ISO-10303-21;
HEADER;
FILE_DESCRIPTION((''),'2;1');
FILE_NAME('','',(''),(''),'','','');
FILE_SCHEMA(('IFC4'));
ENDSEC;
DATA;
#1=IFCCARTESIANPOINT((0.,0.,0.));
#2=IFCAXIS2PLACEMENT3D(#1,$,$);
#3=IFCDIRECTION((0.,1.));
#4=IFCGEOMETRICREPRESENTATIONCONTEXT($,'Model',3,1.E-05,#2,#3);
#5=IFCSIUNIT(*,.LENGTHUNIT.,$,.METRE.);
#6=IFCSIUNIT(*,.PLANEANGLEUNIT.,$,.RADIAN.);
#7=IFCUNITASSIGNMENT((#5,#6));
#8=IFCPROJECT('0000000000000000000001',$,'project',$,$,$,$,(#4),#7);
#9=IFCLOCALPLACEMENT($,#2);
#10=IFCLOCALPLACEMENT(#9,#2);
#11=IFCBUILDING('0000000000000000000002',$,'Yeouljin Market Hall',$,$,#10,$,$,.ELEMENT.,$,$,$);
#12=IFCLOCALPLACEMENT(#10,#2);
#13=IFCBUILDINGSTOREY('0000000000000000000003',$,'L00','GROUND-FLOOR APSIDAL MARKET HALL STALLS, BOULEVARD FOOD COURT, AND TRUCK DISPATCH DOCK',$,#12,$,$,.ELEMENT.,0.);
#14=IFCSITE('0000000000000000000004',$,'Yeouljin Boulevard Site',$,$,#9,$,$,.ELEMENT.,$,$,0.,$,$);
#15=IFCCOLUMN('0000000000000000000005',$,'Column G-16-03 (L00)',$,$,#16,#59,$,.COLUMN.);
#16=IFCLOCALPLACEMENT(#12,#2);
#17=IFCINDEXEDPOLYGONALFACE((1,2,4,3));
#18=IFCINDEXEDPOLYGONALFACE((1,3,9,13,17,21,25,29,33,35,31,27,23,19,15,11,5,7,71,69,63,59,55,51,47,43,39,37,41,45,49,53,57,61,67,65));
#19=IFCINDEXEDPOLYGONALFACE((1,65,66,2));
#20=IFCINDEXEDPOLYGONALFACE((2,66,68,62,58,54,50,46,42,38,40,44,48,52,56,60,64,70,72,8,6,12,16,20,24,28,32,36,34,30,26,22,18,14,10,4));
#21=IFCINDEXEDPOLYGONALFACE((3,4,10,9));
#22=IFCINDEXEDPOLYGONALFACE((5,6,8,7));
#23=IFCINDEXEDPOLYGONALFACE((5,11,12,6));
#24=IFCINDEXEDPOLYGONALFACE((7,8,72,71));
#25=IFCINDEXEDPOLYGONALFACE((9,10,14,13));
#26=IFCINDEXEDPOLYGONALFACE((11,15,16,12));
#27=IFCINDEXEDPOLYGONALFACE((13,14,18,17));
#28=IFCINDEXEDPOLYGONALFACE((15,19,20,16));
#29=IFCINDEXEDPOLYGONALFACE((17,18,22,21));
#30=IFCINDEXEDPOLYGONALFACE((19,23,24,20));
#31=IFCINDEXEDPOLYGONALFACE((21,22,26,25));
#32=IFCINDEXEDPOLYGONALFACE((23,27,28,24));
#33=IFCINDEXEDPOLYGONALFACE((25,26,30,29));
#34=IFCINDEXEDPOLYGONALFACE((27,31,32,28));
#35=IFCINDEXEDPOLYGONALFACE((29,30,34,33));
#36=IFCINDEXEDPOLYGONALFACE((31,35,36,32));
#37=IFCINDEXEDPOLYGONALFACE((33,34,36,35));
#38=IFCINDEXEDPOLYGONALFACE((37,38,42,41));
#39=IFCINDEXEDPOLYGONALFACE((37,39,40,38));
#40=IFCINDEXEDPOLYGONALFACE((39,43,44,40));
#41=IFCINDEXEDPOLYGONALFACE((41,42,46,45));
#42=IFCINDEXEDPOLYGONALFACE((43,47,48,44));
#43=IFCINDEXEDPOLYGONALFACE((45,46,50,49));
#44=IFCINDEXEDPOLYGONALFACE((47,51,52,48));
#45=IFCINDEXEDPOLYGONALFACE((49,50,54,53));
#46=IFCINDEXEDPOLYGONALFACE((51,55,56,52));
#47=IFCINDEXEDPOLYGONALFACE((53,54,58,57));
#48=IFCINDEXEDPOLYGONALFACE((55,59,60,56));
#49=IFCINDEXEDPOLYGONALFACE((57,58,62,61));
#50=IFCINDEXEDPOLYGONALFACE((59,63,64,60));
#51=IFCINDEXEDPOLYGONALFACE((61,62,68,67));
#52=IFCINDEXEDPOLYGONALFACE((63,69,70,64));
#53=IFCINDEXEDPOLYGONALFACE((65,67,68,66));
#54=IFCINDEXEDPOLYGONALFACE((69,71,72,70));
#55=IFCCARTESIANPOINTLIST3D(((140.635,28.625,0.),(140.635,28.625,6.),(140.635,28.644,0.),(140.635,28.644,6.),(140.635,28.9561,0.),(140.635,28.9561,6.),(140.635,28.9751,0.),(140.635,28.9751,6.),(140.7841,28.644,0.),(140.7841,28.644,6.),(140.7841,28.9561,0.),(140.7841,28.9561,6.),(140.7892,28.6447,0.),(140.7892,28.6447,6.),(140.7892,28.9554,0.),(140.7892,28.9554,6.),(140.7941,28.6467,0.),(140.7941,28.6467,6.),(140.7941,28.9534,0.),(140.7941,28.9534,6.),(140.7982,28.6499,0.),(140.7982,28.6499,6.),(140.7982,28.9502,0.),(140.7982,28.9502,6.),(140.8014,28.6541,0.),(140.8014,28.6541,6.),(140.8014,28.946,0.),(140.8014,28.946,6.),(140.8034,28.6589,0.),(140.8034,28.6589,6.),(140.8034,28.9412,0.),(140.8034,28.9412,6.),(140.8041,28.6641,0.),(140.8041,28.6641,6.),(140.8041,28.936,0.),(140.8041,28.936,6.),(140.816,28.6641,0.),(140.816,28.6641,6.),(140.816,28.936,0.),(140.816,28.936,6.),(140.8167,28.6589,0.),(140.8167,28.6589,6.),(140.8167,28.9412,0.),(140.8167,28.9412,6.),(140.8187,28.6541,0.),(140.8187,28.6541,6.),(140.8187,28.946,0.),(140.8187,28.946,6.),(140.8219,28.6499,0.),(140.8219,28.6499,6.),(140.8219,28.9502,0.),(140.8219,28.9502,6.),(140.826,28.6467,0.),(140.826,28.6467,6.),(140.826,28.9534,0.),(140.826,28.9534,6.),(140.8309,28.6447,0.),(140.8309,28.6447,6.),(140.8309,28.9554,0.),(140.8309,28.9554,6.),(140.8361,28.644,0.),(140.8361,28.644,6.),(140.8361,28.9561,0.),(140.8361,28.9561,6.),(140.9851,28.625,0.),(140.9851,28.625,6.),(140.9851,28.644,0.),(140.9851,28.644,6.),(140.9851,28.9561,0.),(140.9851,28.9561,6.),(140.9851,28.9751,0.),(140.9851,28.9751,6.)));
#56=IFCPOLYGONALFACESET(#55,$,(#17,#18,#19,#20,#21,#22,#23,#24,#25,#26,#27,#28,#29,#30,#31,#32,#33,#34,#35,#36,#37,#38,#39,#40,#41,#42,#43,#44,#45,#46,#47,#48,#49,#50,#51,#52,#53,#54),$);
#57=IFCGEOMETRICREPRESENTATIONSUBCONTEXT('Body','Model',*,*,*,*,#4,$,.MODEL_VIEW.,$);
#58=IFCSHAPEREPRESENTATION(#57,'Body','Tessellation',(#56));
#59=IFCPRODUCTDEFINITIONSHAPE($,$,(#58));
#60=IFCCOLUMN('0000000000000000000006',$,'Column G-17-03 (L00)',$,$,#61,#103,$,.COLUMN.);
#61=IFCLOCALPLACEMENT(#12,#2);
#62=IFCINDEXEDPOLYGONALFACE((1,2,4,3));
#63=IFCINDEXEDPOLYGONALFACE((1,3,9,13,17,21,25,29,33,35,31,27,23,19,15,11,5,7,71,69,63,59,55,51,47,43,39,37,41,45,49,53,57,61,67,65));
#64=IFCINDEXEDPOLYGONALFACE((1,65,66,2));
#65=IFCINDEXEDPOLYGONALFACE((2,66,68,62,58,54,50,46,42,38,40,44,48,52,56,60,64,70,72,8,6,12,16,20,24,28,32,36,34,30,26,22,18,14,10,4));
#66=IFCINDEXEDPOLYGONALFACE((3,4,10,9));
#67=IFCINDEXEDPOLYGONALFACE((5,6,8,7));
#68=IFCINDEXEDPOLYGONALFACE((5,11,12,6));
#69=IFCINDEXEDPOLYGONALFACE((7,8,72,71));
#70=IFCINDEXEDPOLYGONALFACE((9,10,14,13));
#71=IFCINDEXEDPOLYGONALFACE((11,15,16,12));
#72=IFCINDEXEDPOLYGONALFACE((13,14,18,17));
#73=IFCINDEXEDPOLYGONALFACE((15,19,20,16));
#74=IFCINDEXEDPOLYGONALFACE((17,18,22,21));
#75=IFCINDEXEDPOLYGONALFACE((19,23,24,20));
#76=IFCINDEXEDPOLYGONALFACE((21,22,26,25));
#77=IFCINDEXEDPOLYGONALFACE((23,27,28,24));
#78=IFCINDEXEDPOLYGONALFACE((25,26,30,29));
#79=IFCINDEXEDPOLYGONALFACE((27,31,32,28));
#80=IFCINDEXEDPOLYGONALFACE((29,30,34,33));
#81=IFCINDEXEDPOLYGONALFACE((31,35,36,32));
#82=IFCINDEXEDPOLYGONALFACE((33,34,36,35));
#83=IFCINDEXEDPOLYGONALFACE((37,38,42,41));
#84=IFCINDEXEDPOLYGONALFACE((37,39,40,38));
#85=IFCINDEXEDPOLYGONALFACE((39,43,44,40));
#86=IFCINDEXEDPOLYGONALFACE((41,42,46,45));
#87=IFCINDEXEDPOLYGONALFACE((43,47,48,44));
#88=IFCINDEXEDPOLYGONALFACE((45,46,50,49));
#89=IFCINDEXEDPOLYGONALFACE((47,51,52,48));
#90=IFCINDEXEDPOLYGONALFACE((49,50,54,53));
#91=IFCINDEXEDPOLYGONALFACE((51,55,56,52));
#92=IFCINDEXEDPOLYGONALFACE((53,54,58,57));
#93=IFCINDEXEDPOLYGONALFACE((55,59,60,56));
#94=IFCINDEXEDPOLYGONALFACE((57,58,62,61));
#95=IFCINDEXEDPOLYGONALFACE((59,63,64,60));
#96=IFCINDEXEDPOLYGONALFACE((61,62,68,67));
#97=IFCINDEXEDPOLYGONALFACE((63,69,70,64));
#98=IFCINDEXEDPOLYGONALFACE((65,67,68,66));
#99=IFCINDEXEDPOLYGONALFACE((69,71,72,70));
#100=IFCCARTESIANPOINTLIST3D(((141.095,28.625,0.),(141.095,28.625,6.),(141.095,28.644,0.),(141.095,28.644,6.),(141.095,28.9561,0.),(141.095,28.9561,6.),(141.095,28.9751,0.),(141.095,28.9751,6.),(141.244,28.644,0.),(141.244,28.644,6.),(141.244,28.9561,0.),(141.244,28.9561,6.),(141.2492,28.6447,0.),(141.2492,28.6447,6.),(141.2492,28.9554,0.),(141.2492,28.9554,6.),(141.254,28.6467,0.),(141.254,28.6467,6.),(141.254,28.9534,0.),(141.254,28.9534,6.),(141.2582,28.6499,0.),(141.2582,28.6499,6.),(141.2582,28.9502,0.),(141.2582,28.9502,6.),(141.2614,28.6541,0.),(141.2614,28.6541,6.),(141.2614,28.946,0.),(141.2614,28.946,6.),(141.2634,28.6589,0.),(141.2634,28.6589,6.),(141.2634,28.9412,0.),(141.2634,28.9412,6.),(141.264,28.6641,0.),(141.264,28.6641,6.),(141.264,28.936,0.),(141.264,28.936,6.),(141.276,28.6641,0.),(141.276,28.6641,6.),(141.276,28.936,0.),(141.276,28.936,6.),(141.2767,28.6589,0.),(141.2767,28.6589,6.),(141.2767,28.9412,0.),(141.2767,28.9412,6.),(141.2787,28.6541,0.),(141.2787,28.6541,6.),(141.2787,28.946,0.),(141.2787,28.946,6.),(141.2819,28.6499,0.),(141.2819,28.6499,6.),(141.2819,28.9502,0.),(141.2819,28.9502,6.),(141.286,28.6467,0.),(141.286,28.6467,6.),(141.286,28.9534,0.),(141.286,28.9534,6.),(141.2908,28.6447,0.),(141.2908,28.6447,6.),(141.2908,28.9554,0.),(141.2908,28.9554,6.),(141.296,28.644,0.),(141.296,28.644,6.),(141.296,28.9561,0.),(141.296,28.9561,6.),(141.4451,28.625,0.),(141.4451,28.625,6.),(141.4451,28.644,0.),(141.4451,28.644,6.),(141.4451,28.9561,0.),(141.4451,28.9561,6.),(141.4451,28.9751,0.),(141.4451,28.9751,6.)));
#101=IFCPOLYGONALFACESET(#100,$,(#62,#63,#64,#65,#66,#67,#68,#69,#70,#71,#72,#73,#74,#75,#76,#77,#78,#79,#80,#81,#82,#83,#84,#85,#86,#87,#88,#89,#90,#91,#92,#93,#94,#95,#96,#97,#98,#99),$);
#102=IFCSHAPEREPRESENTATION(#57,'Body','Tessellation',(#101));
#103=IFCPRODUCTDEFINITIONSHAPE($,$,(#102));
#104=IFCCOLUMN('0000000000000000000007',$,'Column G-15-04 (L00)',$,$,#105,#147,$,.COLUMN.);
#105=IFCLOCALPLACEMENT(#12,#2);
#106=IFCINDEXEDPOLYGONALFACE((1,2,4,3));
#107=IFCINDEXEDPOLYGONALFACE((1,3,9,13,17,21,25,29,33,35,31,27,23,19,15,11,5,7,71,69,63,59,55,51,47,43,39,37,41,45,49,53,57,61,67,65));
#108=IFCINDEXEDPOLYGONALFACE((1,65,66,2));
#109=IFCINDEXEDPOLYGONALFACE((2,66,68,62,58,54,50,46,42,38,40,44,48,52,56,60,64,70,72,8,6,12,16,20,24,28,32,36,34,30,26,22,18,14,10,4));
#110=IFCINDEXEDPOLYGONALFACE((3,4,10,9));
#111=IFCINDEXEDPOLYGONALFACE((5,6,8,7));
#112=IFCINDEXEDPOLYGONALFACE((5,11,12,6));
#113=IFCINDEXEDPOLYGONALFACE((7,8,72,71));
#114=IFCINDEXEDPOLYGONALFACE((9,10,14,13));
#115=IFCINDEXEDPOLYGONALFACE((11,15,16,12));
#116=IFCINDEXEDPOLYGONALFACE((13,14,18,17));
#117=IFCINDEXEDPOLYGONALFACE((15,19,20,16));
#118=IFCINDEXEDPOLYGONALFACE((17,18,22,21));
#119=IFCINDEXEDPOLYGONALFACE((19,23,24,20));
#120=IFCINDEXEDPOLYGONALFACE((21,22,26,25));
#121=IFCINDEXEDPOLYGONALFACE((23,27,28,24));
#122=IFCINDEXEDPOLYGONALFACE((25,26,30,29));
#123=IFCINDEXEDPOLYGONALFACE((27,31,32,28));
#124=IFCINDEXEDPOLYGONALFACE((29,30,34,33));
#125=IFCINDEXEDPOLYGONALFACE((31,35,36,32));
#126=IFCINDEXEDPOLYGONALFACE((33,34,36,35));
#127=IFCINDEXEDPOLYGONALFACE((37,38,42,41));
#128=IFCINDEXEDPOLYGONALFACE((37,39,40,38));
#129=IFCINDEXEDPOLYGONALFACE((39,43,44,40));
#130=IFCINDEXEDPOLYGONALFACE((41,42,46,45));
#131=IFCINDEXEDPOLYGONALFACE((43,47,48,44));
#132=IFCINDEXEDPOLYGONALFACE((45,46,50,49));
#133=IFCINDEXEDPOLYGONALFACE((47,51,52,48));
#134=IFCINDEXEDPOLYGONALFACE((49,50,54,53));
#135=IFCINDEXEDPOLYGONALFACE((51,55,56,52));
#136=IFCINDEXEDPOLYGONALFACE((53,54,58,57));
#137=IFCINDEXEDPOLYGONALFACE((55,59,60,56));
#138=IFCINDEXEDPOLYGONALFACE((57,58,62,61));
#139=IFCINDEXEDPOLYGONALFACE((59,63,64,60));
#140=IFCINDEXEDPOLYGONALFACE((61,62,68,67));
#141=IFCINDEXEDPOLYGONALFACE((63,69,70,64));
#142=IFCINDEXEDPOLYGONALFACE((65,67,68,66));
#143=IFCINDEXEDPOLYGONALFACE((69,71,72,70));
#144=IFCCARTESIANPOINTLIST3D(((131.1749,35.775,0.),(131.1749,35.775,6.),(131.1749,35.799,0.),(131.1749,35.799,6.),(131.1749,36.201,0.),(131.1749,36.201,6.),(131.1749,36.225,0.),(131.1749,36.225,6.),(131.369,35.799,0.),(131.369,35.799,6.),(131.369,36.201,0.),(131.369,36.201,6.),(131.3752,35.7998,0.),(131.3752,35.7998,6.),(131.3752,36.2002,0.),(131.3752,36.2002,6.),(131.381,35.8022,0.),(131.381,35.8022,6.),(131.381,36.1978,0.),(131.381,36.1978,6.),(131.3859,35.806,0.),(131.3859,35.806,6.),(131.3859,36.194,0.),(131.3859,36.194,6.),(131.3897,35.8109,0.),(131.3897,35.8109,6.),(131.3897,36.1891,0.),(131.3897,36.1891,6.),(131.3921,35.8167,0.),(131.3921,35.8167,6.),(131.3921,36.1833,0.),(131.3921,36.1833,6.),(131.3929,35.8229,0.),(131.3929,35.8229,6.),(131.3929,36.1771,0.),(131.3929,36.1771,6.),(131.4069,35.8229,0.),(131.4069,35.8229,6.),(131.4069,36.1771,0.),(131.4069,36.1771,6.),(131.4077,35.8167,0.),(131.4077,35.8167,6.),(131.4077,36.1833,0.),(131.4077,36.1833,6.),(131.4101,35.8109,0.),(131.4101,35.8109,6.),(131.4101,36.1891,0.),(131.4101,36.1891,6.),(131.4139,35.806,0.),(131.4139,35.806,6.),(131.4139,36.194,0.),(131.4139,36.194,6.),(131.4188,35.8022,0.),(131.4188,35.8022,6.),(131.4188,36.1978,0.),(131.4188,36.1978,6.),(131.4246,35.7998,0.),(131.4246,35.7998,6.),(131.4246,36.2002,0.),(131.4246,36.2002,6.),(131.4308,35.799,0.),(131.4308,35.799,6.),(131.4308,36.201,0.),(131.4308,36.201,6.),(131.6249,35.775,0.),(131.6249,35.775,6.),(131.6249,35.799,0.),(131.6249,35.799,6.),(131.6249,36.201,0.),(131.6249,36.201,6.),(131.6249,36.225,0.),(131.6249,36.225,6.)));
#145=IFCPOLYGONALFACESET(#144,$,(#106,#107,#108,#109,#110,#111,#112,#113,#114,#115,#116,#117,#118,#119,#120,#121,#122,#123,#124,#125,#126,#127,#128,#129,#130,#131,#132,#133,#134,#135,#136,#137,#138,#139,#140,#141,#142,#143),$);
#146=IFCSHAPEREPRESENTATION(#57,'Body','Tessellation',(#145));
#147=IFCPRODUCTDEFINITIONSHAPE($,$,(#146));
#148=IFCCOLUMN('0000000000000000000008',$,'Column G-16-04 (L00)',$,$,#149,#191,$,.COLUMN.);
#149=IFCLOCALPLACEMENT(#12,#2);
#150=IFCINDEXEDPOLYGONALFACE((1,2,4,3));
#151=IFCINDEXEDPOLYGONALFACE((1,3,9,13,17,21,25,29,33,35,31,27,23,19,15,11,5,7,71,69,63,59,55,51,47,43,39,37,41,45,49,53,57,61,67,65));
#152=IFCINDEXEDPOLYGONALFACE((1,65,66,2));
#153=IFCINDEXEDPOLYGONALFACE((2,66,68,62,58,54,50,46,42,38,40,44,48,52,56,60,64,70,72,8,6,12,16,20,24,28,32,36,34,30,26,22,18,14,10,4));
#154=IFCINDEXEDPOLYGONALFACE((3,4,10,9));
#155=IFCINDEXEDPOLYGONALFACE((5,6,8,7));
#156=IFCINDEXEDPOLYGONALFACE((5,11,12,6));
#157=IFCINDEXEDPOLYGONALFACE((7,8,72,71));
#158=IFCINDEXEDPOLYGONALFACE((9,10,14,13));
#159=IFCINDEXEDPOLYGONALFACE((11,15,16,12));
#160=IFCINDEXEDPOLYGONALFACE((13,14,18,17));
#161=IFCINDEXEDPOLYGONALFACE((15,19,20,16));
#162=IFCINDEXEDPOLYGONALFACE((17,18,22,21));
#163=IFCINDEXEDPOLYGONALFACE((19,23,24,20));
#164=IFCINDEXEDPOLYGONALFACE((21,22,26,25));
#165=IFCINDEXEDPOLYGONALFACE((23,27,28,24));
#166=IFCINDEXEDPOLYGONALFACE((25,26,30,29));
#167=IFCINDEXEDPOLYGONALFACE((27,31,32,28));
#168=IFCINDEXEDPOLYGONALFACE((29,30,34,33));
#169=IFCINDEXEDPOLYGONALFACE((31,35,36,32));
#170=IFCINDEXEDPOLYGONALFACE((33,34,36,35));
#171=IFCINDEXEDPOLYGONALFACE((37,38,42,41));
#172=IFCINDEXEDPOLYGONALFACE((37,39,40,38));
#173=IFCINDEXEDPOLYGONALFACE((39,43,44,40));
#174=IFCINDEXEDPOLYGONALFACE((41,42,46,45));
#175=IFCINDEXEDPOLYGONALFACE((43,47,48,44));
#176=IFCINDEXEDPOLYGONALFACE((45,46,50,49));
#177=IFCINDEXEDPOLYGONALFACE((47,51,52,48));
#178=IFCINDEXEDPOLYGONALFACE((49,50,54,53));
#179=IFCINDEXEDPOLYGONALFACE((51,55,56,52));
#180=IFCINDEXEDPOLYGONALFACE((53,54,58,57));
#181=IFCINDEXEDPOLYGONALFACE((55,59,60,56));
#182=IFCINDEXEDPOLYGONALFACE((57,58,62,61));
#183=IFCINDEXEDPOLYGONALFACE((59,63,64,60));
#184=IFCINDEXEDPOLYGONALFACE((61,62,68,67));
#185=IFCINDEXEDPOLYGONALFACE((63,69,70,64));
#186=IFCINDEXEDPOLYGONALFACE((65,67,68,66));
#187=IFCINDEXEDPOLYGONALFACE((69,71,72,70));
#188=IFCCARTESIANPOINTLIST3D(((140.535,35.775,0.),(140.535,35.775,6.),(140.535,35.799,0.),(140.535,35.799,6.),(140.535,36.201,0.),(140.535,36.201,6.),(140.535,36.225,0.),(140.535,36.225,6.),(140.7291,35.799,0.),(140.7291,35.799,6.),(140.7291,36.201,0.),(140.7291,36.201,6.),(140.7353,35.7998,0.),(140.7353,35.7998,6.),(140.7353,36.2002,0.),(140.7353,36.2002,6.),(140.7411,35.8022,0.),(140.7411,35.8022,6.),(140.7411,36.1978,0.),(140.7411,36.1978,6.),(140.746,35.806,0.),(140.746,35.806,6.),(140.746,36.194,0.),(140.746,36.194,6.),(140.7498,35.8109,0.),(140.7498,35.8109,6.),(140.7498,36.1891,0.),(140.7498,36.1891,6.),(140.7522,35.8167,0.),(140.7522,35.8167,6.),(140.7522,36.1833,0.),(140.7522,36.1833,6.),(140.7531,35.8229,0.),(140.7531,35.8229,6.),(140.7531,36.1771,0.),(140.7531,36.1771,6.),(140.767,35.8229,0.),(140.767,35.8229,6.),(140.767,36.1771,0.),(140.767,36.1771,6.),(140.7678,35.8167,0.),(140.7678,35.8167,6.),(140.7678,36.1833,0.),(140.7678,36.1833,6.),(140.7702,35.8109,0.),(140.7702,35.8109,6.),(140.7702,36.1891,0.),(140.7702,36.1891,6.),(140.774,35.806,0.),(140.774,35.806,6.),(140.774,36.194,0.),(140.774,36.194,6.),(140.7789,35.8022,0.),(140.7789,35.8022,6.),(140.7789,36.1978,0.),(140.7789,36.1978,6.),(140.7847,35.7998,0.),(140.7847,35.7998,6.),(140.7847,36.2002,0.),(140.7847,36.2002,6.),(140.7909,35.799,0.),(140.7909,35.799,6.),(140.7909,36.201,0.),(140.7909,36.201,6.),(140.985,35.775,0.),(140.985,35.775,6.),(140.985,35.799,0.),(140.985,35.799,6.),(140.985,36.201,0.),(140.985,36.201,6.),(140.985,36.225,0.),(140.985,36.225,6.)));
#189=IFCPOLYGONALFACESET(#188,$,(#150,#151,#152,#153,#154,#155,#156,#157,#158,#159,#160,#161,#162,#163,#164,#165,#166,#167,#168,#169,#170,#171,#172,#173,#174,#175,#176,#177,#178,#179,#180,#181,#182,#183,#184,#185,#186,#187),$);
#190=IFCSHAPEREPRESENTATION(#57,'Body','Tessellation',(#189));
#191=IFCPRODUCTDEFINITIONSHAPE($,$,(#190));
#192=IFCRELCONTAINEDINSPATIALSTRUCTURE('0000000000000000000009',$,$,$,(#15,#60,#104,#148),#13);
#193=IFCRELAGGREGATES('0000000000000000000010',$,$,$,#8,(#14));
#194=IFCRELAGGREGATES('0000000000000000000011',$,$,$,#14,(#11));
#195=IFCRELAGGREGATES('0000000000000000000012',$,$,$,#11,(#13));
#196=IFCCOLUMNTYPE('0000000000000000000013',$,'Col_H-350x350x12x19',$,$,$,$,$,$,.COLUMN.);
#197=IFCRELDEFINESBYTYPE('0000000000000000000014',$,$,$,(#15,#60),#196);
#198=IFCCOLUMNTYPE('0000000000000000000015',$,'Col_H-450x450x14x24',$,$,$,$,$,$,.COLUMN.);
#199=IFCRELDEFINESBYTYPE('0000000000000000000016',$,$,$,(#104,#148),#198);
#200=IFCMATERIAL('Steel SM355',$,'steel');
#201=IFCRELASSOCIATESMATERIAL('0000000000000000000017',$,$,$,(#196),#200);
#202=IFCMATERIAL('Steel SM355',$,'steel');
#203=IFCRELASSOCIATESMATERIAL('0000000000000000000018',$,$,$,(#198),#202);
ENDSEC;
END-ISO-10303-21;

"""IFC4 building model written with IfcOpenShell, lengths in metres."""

from ifc_helpers import new_model, si_unit, direction, frame, origin, origin_2d, place, context, subcontext, project, spatial, i_section, extrude, material, material_profile, profile_set, type_object, element, save


model = new_model("IFC4")

# Units and contexts
model_context = context("Model", 3, precision=1e-05, world=origin(), true_north=direction((0.0, 1.0)))
body_context = subcontext(model_context, "Body", "Model", "MODEL_VIEW")
ifc_project = project(units=[si_unit("LENGTHUNIT", "METRE"), si_unit("PLANEANGLEUNIT", "RADIAN")], contexts=[model_context])

# Site, building, storey
site_placement = place(None, origin())
site = spatial("IfcSite", under=ifc_project, at=site_placement, Name="Yeouljin Boulevard Site", CompositionType="ELEMENT", RefElevation=0.0)
building_placement = place(site_placement, origin())
building = spatial("IfcBuilding", under=site, at=building_placement, Name="Yeouljin Market Hall", CompositionType="ELEMENT")
storey_placement = place(building_placement, origin())
storey = spatial("IfcBuildingStorey", under=building, at=storey_placement, Name="L00", Description="GROUND-FLOOR APSIDAL MARKET HALL STALLS, BOULEVARD FOOD COURT, AND TRUCK DISPATCH DOCK", CompositionType="ELEMENT", Elevation=0.0)

# Columns
ifc_material_1 = material(Name="Steel SM355", Category="steel")
ifc_material_profile_1 = material_profile(ifc_material_1, i_section(OverallWidth=0.3501, OverallDepth=0.3501, WebThickness=0.012, FlangeThickness=0.019, FilletRadius=0.02, at=origin_2d()), Name="H-350x350x12x19")
ifc_profile_set_1 = profile_set([ifc_material_profile_1], Name="Steel SM355")
column_type_1 = type_object("IfcColumnType", Name="Col_H-350x350x12x19", PredefinedType="COLUMN", material=ifc_profile_set_1)
for number, where, z_axis, x_axis, name in (
    (1, (140.8101, 28.8, 0.0), (0.0, 0.0, 1.0), (1.0, 0.0, 0.0), "Column G-16-03 (L00)"),
    (2, (141.27, 28.8, 0.0), (0.0, 0.0, 1.0), (1.0, 0.0, 0.0), "Column G-17-03 (L00)"),
):
    element("IfcColumn", number, at=place(storey_placement, frame(where, z_axis=z_axis, x_axis=x_axis)), inside=storey, type_object=column_type_1, Name=name, PredefinedType="COLUMN", context=body_context, shape_type="SweptSolid", body=[
        extrude(i_section(OverallWidth=0.3501, OverallDepth=0.3501, WebThickness=0.012, FlangeThickness=0.019, FilletRadius=0.02, at=origin_2d()), origin(), (0.0, 0.0, 1.0), 6.0),
    ])
ifc_material_2 = material(Name="Steel SM355", Category="steel")
ifc_material_profile_2 = material_profile(ifc_material_2, i_section(OverallWidth=0.45, OverallDepth=0.45, WebThickness=0.0139, FlangeThickness=0.0239, FilletRadius=0.0239, at=origin_2d()), Name="H-450x450x14x24")
ifc_profile_set_2 = profile_set([ifc_material_profile_2], Name="Steel SM355")
column_type_2 = type_object("IfcColumnType", Name="Col_H-450x450x14x24", PredefinedType="COLUMN", material=ifc_profile_set_2)
for number, where, z_axis, x_axis, name in (
    (3, (131.3999, 36.0, 0.0), (0.0, 0.0, 1.0), (1.0, 0.0, 0.0), "Column G-15-04 (L00)"),
    (4, (140.76, 36.0, 0.0), (0.0, 0.0, 1.0), (1.0, 0.0, 0.0), "Column G-16-04 (L00)"),
):
    element("IfcColumn", number, at=place(storey_placement, frame(where, z_axis=z_axis, x_axis=x_axis)), inside=storey, type_object=column_type_2, Name=name, PredefinedType="COLUMN", context=body_context, shape_type="SweptSolid", body=[
        extrude(i_section(OverallWidth=0.45, OverallDepth=0.45, WebThickness=0.0139, FlangeThickness=0.0239, FilletRadius=0.0239, at=origin_2d()), origin(), (0.0, 0.0, 1.0), 6.0),
    ])

save(model, "model.ifc")
